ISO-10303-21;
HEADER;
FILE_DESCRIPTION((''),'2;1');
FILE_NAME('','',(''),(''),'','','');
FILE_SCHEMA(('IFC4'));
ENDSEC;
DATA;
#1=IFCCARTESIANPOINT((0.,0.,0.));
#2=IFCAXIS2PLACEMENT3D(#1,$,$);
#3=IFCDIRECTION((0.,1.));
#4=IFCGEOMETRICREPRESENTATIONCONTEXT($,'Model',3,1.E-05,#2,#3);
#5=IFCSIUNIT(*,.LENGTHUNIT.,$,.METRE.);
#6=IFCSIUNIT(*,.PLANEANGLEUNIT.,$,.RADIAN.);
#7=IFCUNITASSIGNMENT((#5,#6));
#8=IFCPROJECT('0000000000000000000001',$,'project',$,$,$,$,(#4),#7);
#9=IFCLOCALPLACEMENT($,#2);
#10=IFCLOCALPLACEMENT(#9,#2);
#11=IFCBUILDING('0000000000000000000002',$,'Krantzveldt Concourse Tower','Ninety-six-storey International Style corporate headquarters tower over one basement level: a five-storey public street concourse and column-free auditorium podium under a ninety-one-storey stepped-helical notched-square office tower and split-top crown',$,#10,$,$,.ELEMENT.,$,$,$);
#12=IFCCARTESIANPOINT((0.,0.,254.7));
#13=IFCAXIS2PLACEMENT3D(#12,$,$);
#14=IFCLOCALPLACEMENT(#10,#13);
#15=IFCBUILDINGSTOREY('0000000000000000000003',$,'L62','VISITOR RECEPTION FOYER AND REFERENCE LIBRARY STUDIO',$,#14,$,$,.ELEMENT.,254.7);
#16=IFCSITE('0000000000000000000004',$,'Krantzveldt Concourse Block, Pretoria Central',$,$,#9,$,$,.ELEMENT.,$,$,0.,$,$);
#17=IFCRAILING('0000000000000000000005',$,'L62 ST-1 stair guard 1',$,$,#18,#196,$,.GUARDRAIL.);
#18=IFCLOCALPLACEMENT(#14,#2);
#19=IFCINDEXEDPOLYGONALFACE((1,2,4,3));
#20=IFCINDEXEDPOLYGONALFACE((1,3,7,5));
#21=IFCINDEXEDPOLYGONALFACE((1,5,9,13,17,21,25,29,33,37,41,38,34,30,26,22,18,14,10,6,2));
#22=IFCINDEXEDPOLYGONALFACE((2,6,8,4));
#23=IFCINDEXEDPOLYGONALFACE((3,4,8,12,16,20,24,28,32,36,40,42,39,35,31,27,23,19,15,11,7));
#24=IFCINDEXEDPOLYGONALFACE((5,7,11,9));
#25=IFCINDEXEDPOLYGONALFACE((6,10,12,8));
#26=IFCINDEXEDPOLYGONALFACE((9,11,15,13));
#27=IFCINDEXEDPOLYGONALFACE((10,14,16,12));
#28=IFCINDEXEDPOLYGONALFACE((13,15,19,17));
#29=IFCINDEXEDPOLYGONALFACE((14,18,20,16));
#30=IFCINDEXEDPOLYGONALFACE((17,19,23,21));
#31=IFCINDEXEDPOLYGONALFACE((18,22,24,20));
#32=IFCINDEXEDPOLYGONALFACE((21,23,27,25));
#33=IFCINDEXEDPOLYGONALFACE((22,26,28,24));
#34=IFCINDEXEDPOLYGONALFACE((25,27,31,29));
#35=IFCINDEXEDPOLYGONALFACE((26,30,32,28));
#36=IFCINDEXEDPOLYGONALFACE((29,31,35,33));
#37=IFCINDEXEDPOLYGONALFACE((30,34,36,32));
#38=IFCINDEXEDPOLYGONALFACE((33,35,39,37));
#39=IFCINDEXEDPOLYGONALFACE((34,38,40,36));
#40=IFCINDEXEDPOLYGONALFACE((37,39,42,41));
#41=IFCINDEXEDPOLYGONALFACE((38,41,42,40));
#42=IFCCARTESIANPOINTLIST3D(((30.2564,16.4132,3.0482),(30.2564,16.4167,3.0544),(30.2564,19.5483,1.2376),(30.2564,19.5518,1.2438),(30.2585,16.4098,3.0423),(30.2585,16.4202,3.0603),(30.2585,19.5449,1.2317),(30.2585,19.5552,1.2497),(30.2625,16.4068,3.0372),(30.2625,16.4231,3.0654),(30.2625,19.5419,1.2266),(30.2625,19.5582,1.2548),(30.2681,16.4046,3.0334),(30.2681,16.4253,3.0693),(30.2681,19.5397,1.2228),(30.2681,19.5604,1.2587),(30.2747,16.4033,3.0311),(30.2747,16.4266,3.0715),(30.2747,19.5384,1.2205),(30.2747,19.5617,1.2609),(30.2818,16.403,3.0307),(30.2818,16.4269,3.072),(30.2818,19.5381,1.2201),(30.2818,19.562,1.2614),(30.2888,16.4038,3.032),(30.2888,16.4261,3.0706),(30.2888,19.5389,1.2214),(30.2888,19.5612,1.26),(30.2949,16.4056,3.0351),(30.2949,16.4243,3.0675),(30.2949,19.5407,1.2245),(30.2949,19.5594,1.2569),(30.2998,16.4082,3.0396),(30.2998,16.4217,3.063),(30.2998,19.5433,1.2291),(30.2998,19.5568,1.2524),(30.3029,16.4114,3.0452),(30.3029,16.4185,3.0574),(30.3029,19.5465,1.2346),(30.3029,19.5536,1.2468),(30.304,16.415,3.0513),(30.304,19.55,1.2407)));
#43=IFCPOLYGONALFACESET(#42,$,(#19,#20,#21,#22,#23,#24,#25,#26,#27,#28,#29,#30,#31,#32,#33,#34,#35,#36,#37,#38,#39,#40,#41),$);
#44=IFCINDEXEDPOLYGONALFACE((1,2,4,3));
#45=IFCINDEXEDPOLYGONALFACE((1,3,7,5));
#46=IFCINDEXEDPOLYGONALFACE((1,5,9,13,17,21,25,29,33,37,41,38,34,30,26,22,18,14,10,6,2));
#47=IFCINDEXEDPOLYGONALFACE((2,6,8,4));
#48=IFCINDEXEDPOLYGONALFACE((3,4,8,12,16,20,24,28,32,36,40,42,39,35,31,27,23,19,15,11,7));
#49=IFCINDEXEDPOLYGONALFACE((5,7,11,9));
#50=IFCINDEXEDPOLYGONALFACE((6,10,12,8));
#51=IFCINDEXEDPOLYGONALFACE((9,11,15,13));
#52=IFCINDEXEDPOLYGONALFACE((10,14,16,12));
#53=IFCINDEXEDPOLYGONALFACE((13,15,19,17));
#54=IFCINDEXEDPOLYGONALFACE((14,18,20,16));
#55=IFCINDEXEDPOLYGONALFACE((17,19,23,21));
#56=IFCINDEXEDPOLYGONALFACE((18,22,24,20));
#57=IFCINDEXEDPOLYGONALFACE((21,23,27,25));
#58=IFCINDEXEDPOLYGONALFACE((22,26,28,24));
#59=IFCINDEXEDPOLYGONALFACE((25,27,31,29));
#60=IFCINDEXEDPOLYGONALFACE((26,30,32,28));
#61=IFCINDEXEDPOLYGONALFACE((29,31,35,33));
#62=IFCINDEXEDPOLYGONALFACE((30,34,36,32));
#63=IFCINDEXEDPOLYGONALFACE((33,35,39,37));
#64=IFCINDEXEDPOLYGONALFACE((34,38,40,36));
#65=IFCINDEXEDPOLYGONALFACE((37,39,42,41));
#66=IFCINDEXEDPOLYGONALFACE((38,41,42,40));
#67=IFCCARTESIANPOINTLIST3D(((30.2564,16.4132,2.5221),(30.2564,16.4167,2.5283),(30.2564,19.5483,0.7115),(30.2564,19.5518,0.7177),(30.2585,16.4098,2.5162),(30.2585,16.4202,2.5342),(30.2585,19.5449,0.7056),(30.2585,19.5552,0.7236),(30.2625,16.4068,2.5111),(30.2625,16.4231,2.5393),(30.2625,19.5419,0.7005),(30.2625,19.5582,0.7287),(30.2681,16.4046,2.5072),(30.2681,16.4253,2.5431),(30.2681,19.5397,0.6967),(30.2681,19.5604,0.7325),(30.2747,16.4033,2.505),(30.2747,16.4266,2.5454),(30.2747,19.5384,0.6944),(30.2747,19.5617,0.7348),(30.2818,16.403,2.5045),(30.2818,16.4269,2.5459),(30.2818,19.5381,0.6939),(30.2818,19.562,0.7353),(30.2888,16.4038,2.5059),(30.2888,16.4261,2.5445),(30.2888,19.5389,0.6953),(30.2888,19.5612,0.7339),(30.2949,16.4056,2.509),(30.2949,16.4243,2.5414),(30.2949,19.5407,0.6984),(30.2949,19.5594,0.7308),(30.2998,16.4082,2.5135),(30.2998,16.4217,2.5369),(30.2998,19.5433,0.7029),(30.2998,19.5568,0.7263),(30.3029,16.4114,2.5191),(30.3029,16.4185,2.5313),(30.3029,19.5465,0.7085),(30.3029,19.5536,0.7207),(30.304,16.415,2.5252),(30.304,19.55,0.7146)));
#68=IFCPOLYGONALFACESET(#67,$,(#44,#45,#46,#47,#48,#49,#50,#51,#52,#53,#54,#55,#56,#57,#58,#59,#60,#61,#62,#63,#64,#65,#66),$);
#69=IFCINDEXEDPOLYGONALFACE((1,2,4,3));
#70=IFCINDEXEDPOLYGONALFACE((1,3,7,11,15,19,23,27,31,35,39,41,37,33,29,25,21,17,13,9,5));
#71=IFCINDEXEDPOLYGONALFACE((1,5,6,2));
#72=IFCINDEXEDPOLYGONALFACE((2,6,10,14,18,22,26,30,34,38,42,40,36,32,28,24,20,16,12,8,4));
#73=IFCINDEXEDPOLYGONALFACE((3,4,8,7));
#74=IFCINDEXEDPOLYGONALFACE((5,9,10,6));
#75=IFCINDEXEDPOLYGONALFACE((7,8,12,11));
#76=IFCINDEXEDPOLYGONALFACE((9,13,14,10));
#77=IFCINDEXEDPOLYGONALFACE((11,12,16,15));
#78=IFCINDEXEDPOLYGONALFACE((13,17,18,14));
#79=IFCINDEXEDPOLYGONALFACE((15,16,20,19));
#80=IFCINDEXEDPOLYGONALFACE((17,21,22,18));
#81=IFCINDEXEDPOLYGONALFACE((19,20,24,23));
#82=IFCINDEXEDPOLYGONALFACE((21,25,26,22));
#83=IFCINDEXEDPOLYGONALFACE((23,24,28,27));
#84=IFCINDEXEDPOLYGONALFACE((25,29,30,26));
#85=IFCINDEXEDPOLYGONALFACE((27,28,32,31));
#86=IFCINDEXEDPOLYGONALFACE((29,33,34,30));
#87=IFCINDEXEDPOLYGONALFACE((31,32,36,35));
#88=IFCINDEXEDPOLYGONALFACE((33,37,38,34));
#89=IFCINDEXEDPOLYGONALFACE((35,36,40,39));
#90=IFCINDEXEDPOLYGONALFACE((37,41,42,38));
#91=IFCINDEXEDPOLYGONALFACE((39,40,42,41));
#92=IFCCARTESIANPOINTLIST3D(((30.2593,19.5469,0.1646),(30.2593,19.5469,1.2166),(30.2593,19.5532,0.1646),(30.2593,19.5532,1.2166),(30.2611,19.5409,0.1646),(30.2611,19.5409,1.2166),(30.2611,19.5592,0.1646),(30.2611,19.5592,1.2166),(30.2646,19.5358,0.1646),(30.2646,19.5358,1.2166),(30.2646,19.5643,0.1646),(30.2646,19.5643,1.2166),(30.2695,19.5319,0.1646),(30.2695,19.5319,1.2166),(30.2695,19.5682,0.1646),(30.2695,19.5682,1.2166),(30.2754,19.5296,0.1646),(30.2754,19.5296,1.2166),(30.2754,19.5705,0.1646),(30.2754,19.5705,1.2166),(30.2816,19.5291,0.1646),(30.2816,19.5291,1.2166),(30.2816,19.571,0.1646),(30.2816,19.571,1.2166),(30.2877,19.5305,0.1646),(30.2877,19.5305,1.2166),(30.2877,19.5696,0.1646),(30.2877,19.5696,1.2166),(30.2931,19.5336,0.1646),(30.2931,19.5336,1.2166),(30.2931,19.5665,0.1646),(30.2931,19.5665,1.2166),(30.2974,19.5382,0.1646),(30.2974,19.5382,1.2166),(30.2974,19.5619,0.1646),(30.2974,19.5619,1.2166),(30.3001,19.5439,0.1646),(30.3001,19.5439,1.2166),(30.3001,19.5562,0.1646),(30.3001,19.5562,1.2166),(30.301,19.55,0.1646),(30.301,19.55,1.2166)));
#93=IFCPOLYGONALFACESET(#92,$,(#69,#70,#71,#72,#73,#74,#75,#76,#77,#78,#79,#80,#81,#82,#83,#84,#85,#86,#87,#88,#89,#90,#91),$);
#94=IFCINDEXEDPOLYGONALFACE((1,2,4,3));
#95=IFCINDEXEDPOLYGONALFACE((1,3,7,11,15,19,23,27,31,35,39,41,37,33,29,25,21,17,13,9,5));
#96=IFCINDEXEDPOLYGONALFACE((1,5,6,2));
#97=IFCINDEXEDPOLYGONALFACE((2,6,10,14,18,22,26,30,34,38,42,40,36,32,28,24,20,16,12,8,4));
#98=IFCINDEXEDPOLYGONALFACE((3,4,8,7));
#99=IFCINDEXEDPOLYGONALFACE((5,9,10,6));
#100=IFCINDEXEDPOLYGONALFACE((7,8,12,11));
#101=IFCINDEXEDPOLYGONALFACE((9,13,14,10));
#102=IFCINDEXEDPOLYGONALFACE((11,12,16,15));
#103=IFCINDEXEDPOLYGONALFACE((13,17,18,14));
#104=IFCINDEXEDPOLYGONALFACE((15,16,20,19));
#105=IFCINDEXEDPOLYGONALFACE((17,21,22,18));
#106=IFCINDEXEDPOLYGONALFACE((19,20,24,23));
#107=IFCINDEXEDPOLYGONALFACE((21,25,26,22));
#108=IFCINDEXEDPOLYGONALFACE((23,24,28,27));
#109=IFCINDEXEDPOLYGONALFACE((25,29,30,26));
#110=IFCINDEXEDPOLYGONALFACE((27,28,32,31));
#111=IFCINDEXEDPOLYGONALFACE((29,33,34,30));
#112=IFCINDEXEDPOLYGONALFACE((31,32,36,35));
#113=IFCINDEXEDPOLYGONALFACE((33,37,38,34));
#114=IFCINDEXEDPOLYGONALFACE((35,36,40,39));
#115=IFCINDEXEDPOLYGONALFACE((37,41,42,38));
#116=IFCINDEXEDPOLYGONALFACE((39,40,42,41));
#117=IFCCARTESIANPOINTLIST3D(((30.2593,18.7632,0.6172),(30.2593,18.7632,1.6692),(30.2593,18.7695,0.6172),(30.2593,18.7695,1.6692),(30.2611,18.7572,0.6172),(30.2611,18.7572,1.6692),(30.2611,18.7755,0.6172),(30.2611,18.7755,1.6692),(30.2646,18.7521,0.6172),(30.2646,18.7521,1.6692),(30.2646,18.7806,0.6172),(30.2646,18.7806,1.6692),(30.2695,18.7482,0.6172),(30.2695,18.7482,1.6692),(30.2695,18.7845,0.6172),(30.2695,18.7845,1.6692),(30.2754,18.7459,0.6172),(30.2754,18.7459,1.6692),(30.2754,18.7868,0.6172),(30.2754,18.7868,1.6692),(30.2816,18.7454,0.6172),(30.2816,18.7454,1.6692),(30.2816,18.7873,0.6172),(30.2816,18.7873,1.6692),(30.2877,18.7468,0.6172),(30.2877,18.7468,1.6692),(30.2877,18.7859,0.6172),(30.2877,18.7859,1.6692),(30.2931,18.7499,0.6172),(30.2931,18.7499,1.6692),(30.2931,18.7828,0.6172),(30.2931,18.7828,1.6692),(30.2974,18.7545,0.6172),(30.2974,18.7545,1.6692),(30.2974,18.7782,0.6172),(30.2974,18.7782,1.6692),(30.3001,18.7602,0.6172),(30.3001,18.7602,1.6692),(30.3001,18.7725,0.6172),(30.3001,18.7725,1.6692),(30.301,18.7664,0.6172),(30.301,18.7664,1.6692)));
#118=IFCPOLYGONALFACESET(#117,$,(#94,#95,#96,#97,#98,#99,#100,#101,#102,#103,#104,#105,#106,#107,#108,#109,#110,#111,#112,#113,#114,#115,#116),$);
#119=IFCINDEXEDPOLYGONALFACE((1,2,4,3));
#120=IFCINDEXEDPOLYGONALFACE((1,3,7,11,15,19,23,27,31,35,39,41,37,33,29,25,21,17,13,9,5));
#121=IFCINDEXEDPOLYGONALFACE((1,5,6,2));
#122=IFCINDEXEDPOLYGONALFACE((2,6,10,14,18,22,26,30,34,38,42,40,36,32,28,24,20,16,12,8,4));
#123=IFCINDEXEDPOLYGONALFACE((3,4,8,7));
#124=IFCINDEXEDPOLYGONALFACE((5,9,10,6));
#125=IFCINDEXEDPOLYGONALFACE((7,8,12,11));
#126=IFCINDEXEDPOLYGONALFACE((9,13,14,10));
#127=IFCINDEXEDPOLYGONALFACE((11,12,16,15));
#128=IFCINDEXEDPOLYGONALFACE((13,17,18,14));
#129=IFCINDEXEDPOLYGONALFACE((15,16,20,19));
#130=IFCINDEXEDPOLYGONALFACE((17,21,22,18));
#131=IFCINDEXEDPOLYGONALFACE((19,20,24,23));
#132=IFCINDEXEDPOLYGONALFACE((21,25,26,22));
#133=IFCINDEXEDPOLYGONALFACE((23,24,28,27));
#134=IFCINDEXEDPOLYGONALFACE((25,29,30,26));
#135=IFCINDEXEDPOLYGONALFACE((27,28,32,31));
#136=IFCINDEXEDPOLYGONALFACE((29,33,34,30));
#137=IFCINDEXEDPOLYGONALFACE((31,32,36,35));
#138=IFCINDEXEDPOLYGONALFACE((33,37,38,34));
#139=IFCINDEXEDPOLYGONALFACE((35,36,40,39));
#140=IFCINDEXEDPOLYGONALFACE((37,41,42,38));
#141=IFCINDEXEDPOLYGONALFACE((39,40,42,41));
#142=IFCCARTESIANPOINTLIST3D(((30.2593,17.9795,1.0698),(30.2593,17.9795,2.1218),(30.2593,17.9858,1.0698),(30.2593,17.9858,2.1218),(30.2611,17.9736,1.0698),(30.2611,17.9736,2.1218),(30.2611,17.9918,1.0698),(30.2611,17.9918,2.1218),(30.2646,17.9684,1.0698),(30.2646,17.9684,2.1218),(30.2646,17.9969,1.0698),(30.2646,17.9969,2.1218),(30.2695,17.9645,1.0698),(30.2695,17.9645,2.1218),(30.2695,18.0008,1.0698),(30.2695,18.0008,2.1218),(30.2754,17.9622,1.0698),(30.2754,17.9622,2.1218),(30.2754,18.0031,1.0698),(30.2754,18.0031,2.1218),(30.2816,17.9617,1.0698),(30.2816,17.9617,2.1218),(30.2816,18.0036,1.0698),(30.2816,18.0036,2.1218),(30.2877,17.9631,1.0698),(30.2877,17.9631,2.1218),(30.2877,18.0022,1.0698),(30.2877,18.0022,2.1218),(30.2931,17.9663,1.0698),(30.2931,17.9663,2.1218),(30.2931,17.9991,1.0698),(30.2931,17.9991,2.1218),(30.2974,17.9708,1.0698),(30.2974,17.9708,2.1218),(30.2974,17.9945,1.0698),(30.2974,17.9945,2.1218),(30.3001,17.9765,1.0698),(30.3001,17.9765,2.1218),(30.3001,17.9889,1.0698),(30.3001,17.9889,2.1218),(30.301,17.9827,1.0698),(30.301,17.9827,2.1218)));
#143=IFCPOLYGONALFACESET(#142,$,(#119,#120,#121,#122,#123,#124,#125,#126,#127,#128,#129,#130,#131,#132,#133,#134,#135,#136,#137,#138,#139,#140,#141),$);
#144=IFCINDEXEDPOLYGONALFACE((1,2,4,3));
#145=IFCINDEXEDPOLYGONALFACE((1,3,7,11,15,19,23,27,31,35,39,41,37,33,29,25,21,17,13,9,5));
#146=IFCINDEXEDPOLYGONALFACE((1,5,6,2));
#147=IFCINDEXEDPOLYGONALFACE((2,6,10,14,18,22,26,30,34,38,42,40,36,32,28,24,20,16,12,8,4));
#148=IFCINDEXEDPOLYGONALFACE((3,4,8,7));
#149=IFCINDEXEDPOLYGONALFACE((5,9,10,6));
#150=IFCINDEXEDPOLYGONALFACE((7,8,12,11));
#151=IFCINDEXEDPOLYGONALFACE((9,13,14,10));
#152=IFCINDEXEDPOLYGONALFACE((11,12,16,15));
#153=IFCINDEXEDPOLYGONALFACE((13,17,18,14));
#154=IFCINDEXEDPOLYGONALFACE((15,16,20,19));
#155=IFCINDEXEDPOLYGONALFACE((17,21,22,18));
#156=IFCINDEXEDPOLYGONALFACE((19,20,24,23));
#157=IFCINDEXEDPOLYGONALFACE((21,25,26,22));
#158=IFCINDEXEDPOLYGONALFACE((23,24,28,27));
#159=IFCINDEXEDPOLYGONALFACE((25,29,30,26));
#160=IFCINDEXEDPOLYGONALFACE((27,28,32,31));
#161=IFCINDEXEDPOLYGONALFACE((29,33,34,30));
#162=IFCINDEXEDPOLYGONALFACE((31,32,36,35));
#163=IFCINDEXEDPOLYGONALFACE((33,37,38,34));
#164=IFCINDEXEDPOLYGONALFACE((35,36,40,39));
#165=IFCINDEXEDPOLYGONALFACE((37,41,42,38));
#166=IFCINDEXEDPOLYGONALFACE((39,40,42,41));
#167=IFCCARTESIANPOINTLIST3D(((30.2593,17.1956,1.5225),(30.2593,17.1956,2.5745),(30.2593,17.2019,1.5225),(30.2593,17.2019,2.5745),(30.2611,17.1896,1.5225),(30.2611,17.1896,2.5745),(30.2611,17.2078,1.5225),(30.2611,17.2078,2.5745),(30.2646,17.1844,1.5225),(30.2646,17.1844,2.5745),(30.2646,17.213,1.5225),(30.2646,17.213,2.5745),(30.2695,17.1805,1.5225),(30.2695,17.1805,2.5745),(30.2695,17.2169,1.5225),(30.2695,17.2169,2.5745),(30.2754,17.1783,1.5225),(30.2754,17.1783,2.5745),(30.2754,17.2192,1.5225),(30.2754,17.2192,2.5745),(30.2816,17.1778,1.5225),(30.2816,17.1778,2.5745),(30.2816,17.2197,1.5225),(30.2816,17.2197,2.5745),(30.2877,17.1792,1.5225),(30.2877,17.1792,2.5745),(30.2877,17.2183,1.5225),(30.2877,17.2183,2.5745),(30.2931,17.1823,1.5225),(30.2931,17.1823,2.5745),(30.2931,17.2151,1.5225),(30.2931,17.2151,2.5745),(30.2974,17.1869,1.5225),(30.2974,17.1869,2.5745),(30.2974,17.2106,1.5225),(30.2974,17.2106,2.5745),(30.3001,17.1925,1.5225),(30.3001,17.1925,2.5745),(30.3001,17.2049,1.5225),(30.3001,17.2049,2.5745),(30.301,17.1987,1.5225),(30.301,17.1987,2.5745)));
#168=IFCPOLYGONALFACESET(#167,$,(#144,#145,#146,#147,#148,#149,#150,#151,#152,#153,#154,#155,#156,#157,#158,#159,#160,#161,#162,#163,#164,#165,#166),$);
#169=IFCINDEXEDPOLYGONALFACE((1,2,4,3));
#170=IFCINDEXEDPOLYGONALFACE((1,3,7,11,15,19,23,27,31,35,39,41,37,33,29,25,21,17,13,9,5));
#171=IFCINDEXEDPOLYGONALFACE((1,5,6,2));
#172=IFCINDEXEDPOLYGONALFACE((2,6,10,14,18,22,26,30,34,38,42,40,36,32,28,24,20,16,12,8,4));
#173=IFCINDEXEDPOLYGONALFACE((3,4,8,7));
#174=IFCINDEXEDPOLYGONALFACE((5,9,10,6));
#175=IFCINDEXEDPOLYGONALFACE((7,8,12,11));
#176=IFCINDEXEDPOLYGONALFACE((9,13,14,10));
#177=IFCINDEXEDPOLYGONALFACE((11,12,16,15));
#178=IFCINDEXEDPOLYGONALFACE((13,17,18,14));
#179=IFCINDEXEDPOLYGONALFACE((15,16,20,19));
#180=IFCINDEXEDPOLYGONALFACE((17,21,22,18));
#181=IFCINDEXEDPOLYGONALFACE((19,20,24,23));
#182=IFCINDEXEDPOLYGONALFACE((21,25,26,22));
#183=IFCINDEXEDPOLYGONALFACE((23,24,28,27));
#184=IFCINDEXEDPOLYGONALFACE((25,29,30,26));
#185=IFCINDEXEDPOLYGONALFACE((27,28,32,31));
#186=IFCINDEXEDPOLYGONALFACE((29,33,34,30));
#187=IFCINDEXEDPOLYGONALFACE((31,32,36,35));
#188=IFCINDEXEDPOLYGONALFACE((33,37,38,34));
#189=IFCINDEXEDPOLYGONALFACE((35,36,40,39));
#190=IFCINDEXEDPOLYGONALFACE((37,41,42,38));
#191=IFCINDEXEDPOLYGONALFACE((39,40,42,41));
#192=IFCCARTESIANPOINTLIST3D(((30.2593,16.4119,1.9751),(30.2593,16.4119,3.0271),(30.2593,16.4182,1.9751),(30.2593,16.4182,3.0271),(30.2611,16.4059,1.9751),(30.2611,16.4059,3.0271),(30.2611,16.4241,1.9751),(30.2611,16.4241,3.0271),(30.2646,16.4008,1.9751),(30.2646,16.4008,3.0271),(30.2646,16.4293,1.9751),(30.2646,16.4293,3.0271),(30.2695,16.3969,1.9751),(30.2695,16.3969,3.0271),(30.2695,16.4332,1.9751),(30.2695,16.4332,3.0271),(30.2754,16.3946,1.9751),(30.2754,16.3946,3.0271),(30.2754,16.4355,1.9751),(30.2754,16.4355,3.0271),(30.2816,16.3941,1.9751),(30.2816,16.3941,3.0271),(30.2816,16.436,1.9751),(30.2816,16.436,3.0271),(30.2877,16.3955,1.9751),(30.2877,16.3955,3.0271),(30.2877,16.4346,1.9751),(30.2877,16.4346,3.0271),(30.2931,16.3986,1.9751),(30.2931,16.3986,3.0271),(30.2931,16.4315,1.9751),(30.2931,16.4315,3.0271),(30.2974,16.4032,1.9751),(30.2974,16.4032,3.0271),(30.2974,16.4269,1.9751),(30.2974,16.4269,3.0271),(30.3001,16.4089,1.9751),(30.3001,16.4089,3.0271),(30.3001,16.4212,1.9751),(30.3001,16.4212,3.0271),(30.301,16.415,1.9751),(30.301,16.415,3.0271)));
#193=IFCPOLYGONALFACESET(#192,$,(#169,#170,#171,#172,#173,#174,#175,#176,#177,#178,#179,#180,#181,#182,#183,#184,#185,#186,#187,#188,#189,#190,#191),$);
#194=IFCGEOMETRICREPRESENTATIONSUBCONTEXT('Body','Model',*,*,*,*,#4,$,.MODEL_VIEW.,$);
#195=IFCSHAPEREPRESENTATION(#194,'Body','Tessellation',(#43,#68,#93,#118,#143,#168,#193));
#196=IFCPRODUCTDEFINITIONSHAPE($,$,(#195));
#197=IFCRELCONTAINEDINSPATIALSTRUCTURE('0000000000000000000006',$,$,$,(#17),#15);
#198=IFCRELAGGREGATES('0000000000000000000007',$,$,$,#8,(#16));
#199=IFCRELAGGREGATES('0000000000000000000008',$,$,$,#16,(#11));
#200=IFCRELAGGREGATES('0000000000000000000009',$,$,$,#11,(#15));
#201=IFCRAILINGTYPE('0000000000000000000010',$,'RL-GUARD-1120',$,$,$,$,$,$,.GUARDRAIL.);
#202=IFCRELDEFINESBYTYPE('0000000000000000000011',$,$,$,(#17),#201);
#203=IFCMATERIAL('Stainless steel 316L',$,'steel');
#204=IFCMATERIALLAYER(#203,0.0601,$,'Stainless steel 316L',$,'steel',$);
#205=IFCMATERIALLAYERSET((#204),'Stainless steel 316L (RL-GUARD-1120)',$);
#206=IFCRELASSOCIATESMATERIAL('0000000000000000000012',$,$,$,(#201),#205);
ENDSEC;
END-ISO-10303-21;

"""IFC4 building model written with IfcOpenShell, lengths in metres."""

from ifc_helpers import new_model, si_unit, direction, frame, origin, origin_2d, place, context, subcontext, project, spatial, circle, extrude, material, layer, layer_set, type_object, element, save


model = new_model("IFC4")

# Units and contexts
model_context = context("Model", 3, precision=1e-05, world=origin(), true_north=direction((0.0, 1.0)))
body_context = subcontext(model_context, "Body", "Model", "MODEL_VIEW")
ifc_project = project(units=[si_unit("LENGTHUNIT", "METRE"), si_unit("PLANEANGLEUNIT", "RADIAN")], contexts=[model_context])

# Site, building, storey
site_placement = place(None, origin())
site = spatial("IfcSite", under=ifc_project, at=site_placement, Name="Krantzveldt Concourse Block, Pretoria Central", CompositionType="ELEMENT", RefElevation=0.0)
building_placement = place(site_placement, origin())
building = spatial("IfcBuilding", under=site, at=building_placement, Name="Krantzveldt Concourse Tower", Description="Ninety-six-storey International Style corporate headquarters tower over one basement level: a five-storey public street concourse and column-free auditorium podium under a ninety-one-storey stepped-helical notched-square office tower and split-top crown", CompositionType="ELEMENT")
storey_placement = place(building_placement, frame((0.0, 0.0, 254.7)))
storey = spatial("IfcBuildingStorey", under=building, at=storey_placement, Name="L62", Description="VISITOR RECEPTION FOYER AND REFERENCE LIBRARY STUDIO", CompositionType="ELEMENT", Elevation=254.7)

# Railing
ifc_material_1 = material(Name="Stainless steel 316L", Category="steel")
ifc_layer_1 = layer(ifc_material_1, 0.0601, Name="Stainless steel 316L", Category="steel")
ifc_layer_set_1 = layer_set([ifc_layer_1], Name="Stainless steel 316L (RL-GUARD-1120)")
railing_type_1 = type_object("IfcRailingType", Name="RL-GUARD-1120", PredefinedType="GUARDRAIL", material=ifc_layer_set_1)
railing_1_placement = place(storey_placement, frame((30.28, 19.55, 0.1646)))
element("IfcRailing", 1, at=railing_1_placement, inside=storey, type_object=railing_type_1, Name="L62 ST-1 stair guard 1", PredefinedType="GUARDRAIL", context=body_context, shape_type="SweptSolid", body=[
    extrude(circle(Radius=0.0239, at=origin_2d()), frame((0.0, 0.0, 1.0762), z_axis=(0.0, -0.86596, 0.500114), x_axis=(1.0, 0.0, 0.0)), (0.0, 0.0, 1.0), 3.6204),
    extrude(circle(Radius=0.0239, at=origin_2d()), frame((0.0, 0.0, 0.55), z_axis=(0.0, -0.86596, 0.500114), x_axis=(1.0, 0.0, 0.0)), (0.0, 0.0, 1.0), 3.6204),
    extrude(circle(Radius=0.021, at=origin_2d()), origin(), (0.0, 0.0, 1.0), 1.052),
    extrude(circle(Radius=0.021, at=origin_2d()), frame((0.0, -0.7837, 0.4526)), (0.0, 0.0, 1.0), 1.052),
    extrude(circle(Radius=0.021, at=origin_2d()), frame((0.0, -1.5674, 0.9053)), (0.0, 0.0, 1.0), 1.052),
    extrude(circle(Radius=0.021, at=origin_2d()), frame((0.0, -2.3513, 1.3579)), (0.0, 0.0, 1.0), 1.052),
    extrude(circle(Radius=0.021, at=origin_2d()), frame((0.0, -3.135, 1.8105)), (0.0, 0.0, 1.0), 1.052),
])

save(model, "model.ifc")
